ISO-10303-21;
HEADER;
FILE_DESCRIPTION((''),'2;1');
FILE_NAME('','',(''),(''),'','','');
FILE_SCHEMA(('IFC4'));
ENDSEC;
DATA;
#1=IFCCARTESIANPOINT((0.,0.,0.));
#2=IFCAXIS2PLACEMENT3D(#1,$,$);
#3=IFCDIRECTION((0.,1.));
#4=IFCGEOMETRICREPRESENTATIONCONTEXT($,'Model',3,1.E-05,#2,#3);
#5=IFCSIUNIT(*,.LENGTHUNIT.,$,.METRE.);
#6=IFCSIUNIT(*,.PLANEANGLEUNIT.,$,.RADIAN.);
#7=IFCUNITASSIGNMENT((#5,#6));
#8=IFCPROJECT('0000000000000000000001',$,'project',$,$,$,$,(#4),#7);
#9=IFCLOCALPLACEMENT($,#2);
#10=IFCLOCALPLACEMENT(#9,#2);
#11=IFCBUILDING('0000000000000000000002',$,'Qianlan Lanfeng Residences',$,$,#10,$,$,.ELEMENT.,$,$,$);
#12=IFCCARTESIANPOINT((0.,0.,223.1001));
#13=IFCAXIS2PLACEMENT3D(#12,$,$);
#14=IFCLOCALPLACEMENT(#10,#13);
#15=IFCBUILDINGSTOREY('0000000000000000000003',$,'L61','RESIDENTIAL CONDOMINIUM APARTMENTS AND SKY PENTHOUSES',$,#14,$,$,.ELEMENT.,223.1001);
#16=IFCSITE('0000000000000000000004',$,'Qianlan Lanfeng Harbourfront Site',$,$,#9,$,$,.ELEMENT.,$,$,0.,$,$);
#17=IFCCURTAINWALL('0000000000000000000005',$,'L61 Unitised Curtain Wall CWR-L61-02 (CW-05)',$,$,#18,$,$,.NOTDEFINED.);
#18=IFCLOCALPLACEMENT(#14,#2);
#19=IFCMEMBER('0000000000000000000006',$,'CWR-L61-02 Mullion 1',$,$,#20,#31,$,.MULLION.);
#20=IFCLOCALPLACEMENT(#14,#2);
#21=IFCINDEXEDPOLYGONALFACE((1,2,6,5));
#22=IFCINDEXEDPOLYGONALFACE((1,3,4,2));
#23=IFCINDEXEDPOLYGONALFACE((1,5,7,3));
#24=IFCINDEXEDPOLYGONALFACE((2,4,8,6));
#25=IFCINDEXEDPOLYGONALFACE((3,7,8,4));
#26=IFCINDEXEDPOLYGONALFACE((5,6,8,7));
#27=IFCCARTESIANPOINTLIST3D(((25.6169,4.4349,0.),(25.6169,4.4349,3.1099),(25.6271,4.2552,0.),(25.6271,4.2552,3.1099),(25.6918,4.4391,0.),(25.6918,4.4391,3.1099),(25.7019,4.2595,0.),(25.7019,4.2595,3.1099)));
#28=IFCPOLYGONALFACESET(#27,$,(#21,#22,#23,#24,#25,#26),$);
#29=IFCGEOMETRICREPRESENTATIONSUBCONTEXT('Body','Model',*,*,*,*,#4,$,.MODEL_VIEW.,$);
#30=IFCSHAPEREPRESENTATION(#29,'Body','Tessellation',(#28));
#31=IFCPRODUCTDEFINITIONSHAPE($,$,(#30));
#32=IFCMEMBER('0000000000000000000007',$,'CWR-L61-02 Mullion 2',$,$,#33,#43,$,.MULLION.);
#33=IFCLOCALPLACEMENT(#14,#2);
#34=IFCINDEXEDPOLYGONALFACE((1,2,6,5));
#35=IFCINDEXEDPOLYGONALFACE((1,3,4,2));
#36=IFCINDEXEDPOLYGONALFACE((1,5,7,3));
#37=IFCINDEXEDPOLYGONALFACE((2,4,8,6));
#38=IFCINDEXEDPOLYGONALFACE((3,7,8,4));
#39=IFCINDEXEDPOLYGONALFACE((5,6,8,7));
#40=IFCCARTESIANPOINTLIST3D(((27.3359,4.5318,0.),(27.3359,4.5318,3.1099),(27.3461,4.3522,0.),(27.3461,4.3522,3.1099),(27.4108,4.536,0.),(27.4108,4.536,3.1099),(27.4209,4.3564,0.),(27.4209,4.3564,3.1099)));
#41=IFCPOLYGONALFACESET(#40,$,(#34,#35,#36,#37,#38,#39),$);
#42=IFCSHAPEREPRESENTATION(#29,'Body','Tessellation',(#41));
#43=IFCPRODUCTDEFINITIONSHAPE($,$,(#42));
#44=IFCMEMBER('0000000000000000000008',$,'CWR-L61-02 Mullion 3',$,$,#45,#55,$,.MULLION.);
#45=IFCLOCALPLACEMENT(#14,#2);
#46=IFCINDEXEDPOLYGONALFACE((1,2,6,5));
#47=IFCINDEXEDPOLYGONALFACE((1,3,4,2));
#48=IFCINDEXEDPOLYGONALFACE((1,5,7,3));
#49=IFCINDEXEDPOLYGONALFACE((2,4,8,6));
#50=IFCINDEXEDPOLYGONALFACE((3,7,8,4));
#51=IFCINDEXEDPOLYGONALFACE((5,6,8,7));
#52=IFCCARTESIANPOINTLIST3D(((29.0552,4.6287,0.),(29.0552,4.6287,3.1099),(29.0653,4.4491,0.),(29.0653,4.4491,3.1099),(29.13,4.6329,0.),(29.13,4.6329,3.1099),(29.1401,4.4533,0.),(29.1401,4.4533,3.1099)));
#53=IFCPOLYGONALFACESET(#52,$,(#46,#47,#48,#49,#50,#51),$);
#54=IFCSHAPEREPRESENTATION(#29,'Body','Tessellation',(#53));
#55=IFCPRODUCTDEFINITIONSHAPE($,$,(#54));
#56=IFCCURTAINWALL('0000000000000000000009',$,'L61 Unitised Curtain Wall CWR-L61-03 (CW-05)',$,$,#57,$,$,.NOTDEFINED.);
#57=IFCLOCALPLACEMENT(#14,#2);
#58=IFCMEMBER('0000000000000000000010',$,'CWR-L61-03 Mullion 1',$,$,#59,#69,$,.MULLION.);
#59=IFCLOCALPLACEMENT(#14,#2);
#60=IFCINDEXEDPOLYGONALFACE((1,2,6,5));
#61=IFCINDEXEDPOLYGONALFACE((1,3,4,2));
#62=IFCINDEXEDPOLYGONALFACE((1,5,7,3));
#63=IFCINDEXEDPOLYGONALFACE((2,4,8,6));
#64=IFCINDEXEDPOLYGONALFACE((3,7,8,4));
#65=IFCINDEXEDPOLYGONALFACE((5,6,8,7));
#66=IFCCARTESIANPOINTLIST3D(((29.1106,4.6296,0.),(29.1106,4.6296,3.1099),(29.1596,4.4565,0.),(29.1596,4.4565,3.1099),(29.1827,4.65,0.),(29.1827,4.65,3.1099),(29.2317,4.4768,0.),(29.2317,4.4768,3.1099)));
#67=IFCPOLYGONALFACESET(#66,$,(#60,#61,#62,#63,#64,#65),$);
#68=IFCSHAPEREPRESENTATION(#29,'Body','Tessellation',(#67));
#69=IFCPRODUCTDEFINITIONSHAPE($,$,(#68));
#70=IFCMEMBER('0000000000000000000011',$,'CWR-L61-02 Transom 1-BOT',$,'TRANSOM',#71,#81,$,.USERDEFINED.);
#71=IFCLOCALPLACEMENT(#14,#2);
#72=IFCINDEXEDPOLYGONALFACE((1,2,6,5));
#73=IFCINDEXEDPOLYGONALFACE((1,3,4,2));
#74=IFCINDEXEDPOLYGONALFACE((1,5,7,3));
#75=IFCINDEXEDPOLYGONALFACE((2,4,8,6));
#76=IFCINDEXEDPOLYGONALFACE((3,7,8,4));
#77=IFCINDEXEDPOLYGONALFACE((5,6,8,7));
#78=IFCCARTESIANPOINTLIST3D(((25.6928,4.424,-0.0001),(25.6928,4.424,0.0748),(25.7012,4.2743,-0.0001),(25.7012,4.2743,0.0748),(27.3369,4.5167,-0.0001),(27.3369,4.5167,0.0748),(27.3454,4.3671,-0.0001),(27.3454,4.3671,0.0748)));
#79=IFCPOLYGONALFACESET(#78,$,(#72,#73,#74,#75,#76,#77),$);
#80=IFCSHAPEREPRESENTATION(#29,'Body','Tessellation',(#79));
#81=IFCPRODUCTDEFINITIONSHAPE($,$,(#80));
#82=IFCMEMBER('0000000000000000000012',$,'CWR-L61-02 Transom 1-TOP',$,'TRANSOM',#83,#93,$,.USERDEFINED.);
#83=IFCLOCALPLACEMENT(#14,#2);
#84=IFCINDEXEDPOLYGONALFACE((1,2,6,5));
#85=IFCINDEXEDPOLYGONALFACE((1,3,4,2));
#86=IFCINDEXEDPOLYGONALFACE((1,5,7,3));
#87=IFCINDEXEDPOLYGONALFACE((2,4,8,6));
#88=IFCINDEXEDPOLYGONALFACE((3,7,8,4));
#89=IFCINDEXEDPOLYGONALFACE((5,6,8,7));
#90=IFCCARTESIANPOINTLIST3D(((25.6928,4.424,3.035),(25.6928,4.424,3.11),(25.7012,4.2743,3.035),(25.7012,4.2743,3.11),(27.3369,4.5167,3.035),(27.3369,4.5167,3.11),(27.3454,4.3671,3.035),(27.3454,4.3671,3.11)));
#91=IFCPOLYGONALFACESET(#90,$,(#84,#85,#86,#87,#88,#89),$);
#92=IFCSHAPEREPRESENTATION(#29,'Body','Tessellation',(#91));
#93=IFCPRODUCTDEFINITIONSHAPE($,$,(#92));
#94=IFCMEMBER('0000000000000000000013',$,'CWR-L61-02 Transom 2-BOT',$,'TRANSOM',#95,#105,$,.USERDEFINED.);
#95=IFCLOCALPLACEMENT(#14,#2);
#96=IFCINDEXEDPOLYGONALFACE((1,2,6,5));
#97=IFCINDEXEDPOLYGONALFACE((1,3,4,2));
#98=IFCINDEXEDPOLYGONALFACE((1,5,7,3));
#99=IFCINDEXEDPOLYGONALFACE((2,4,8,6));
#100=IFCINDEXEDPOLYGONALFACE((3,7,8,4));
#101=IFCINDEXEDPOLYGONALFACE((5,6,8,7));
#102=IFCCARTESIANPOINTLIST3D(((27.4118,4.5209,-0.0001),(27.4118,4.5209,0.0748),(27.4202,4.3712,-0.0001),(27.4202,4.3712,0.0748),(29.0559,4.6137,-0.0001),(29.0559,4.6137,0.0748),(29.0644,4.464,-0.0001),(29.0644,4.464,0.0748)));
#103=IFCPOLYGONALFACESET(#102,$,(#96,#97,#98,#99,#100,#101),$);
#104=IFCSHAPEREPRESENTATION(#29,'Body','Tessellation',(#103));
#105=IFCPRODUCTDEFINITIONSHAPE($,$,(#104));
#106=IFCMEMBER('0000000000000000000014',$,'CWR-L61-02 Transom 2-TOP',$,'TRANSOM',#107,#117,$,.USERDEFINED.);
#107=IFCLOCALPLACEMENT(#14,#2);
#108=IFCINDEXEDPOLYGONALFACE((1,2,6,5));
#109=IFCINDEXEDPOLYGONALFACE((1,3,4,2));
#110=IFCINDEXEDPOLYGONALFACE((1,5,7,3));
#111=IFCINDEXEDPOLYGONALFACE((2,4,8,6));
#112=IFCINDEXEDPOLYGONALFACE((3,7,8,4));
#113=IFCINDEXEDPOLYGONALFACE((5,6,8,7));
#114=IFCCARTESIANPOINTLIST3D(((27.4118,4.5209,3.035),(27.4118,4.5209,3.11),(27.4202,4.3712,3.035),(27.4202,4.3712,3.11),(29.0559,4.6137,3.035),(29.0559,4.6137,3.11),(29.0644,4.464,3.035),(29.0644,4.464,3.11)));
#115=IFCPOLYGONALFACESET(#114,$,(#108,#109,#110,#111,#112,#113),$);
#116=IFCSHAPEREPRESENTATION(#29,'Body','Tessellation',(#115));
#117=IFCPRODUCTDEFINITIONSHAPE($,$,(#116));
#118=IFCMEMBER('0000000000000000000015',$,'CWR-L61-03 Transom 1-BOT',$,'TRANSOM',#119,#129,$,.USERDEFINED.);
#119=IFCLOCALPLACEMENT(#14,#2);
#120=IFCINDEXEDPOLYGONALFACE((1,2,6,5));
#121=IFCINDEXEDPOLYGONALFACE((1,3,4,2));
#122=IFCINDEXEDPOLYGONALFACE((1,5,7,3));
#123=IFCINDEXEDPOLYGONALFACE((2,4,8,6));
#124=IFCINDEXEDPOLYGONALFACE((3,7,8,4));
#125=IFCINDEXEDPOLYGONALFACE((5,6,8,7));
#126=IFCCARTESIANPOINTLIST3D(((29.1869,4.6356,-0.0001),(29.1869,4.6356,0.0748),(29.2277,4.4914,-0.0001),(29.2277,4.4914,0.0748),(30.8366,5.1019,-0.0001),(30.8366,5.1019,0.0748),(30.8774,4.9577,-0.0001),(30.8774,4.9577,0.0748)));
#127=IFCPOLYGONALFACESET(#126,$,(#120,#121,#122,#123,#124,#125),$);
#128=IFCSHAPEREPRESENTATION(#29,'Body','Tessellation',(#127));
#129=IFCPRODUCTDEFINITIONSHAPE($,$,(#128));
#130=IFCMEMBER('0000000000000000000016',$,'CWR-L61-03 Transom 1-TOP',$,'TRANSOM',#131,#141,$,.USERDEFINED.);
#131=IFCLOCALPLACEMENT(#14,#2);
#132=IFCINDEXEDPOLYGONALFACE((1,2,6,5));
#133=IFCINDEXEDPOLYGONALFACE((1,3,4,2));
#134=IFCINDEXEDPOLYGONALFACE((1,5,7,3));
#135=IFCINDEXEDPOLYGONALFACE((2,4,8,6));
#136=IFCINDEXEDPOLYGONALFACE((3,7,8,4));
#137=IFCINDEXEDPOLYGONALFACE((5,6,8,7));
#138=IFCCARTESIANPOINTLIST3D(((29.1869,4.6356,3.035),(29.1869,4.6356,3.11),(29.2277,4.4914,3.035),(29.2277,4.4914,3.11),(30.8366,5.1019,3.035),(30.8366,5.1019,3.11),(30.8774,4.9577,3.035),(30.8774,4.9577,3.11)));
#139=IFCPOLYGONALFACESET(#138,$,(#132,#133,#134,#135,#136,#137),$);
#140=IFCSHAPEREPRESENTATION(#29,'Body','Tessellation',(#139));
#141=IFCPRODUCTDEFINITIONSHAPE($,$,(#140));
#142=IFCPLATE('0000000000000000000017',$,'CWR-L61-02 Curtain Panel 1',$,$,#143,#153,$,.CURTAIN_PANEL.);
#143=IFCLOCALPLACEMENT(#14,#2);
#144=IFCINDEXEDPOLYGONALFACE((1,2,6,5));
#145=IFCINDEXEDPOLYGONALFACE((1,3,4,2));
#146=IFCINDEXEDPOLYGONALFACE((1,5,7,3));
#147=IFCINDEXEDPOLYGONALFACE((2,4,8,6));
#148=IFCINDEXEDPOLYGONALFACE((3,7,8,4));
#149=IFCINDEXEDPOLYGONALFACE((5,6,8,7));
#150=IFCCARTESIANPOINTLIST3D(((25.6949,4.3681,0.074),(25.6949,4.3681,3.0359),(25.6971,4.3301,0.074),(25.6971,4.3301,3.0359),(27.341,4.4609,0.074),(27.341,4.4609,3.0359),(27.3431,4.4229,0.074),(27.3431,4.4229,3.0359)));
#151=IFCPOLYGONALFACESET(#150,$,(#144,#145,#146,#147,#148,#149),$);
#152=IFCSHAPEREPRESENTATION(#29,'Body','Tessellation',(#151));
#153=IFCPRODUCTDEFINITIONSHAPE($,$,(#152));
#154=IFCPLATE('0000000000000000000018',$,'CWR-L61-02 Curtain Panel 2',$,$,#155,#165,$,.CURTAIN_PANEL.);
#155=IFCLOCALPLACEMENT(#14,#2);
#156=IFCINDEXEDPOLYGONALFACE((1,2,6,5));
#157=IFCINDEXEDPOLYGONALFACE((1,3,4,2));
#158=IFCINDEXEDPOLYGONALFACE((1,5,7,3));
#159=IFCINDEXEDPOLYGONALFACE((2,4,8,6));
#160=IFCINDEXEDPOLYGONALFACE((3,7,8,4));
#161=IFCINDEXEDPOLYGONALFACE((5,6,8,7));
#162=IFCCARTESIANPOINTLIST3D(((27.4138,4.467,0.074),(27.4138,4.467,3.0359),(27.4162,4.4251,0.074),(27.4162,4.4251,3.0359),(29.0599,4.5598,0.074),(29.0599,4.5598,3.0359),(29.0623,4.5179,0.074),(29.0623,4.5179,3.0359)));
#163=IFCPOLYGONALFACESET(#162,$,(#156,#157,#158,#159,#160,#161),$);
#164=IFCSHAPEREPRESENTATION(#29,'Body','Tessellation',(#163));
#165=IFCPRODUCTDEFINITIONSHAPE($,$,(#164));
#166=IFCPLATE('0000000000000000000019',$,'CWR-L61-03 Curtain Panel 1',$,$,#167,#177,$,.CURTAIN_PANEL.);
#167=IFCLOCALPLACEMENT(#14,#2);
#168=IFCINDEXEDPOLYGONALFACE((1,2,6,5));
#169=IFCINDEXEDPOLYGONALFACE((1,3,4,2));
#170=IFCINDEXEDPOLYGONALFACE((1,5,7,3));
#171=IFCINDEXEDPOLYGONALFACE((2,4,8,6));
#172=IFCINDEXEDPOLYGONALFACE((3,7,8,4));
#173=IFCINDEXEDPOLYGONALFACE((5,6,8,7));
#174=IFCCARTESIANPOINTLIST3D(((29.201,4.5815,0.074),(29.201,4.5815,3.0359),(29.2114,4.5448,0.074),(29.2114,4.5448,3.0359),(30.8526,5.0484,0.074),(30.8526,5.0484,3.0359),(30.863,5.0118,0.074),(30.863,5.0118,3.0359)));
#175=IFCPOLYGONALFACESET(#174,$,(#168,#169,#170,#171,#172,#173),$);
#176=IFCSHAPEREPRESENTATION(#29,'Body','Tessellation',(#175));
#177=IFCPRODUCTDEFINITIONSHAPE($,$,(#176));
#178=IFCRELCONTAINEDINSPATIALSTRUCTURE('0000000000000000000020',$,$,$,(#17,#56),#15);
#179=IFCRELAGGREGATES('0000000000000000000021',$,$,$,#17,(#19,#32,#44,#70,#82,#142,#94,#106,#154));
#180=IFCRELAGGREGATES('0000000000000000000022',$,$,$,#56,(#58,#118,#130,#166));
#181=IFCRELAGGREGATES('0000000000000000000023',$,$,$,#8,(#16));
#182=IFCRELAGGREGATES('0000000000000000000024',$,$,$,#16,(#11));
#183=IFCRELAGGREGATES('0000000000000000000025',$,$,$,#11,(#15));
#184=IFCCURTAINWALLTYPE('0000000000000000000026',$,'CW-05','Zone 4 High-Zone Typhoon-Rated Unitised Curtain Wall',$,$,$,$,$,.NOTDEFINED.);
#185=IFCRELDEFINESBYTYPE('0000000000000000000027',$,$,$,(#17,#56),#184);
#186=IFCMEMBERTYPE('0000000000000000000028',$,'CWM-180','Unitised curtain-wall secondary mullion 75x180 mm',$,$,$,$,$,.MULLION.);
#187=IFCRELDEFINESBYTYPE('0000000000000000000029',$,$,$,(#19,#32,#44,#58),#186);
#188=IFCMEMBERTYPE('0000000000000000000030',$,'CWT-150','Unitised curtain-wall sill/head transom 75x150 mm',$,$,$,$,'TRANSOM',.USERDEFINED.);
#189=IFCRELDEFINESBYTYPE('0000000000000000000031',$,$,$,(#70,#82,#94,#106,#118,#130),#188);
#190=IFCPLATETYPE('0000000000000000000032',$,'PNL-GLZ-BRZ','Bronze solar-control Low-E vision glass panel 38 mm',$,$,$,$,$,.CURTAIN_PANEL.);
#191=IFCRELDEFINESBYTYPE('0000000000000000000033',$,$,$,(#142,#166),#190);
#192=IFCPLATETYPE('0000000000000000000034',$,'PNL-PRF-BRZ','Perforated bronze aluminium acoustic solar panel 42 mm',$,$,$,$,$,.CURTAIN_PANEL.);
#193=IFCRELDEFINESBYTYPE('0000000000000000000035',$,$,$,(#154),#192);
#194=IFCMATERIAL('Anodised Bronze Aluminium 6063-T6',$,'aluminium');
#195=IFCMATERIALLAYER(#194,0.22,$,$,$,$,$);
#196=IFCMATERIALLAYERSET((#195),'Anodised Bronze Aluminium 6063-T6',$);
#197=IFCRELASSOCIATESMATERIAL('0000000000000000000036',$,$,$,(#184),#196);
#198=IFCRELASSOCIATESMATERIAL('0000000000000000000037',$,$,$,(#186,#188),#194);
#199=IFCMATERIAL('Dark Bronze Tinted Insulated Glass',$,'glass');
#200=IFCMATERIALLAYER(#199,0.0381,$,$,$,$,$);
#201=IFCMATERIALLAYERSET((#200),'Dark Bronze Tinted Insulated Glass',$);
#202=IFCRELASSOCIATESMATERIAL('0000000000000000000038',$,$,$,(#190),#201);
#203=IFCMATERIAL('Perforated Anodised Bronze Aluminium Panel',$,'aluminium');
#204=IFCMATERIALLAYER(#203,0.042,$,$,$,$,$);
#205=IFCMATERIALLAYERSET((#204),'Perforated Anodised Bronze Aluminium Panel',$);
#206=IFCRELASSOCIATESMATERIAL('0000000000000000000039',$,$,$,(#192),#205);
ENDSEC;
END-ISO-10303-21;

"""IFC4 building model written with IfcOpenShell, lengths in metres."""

from ifc_helpers import new_model, si_unit, direction, frame, origin, origin_2d, place, context, subcontext, project, spatial, rectangle, extrude, source, transform, mapped, material, layer, layer_set, material_profile, profile_set, type_object, element, aggregate, save


model = new_model("IFC4")

# Units and contexts
model_context = context("Model", 3, precision=1e-05, world=origin(), true_north=direction((0.0, 1.0)))
body_context = subcontext(model_context, "Body", "Model", "MODEL_VIEW")
ifc_project = project(units=[si_unit("LENGTHUNIT", "METRE"), si_unit("PLANEANGLEUNIT", "RADIAN")], contexts=[model_context])

# Site, building, storey
site_placement = place(None, origin())
site = spatial("IfcSite", under=ifc_project, at=site_placement, Name="Qianlan Lanfeng Harbourfront Site", CompositionType="ELEMENT", RefElevation=0.0)
building_placement = place(site_placement, origin())
building = spatial("IfcBuilding", under=site, at=building_placement, Name="Qianlan Lanfeng Residences", CompositionType="ELEMENT")
storey_placement = place(building_placement, frame((0.0, 0.0, 223.1001)))
storey = spatial("IfcBuildingStorey", under=building, at=storey_placement, Name="L61", Description="RESIDENTIAL CONDOMINIUM APARTMENTS AND SKY PENTHOUSES", CompositionType="ELEMENT", Elevation=223.1001)

# Curtain wall, members
ifc_material_1 = material(Name="Anodised Bronze Aluminium 6063-T6", Category="aluminium")
ifc_layer_1 = layer(ifc_material_1, 0.22)
ifc_layer_set_1 = layer_set([ifc_layer_1], Name="Anodised Bronze Aluminium 6063-T6")
curtain_wall_type = type_object("IfcCurtainWallType", Name="CW-05", Description="Zone 4 High-Zone Typhoon-Rated Unitised Curtain Wall", PredefinedType="NOTDEFINED", material=ifc_layer_set_1)
curtain_wall_1_placement = place(storey_placement, origin())
curtain_wall_1 = element("IfcCurtainWall", 1, at=curtain_wall_1_placement, inside=storey, type_object=curtain_wall_type, Name="L61 Unitised Curtain Wall CWR-L61-02 (CW-05)", PredefinedType="NOTDEFINED")
ifc_material_profile_1 = material_profile(ifc_material_1, rectangle(XDim=0.075, YDim=0.1799, at=origin_2d()), Name="ALU MULLION 75x180")
ifc_profile_set_1 = profile_set([ifc_material_profile_1], Name="Anodised Bronze Aluminium 6063-T6")
member_type_1 = type_object("IfcMemberType", Name="CWM-180", Description="Unitised curtain-wall secondary mullion 75x180 mm", PredefinedType="MULLION", material=ifc_profile_set_1)
shared_shape_1 = source(origin(), body_context, "Body", "SweptSolid", [
    extrude(rectangle(XDim=0.075, YDim=0.1799, at=origin_2d()), origin(), (0.0, 0.0, 1.0), 3.1099),
])
member_1_placement = place(storey_placement, frame((25.6594, 4.3472, 0.0), z_axis=(0.0, 0.0, 1.0), x_axis=(0.998415, 0.056273, 0.0)))
member_1 = element("IfcMember", 2, at=member_1_placement, type_object=member_type_1, Name="CWR-L61-02 Mullion 1", PredefinedType="MULLION", context=body_context, shape_type="MappedRepresentation", body=[
    mapped(shared_shape_1, transform((0.0, 0.0, 0.0), scale=1.0)),
])
member_2_placement = place(storey_placement, frame((27.3784, 4.4441, 0.0), z_axis=(0.0, 0.0, 1.0), x_axis=(0.998415, 0.056273, 0.0)))
member_2 = element("IfcMember", 3, at=member_2_placement, type_object=member_type_1, Name="CWR-L61-02 Mullion 2", PredefinedType="MULLION", context=body_context, shape_type="MappedRepresentation", body=[
    mapped(shared_shape_1, transform((0.0, 0.0, 0.0), scale=1.0)),
])
member_3_placement = place(storey_placement, frame((29.0977, 4.541, 0.0), z_axis=(0.0, 0.0, 1.0), x_axis=(0.998415, 0.056273, 0.0)))
member_3 = element("IfcMember", 4, at=member_3_placement, type_object=member_type_1, Name="CWR-L61-02 Mullion 3", PredefinedType="MULLION", context=body_context, shape_type="MappedRepresentation", body=[
    mapped(shared_shape_1, transform((0.0, 0.0, 0.0), scale=1.0)),
])

# Curtain wall, member
curtain_wall_2_placement = place(storey_placement, origin())
curtain_wall_2 = element("IfcCurtainWall", 5, at=curtain_wall_2_placement, inside=storey, type_object=curtain_wall_type, Name="L61 Unitised Curtain Wall CWR-L61-03 (CW-05)", PredefinedType="NOTDEFINED")
member_4_placement = place(storey_placement, frame((29.1711, 4.5532, 0.0), z_axis=(0.0, 0.0, 1.0), x_axis=(0.962284, 0.272045, 0.0)))
member_4 = element("IfcMember", 6, at=member_4_placement, type_object=member_type_1, Name="CWR-L61-03 Mullion 1", PredefinedType="MULLION", context=body_context, shape_type="MappedRepresentation", body=[
    mapped(shared_shape_1, transform((0.0, 0.0, 0.0), scale=1.0)),
])

# Members
ifc_material_profile_2 = material_profile(ifc_material_1, rectangle(XDim=0.075, YDim=0.1499, at=origin_2d()), Name="ALU TRANSOM 75x150")
ifc_profile_set_2 = profile_set([ifc_material_profile_2], Name="Anodised Bronze Aluminium 6063-T6")
member_type_2 = type_object("IfcMemberType", Name="CWT-150", Description="Unitised curtain-wall sill/head transom 75x150 mm", ElementType="TRANSOM", PredefinedType="USERDEFINED", material=ifc_profile_set_2)
shared_shape_2 = source(origin(), body_context, "Body", "SweptSolid", [
    extrude(rectangle(XDim=0.075, YDim=0.1499, at=origin_2d()), origin(), (0.0, 0.0, 1.0), 1.6467),
])
member_5_placement = place(storey_placement, frame((25.697, 4.3491, 0.0374), z_axis=(0.998412, 0.05634, 0.0), x_axis=(0.0, 0.0, 1.0)))
member_5 = element("IfcMember", 7, at=member_5_placement, type_object=member_type_2, Name="CWR-L61-02 Transom 1-BOT", ObjectType="TRANSOM", PredefinedType="USERDEFINED", context=body_context, shape_type="MappedRepresentation", body=[
    mapped(shared_shape_2, transform((0.0, 0.0, 0.0), scale=1.0)),
])
member_6_placement = place(storey_placement, frame((25.697, 4.3491, 3.0725), z_axis=(0.998412, 0.05634, 0.0), x_axis=(0.0, 0.0, 1.0)))
member_6 = element("IfcMember", 8, at=member_6_placement, type_object=member_type_2, Name="CWR-L61-02 Transom 1-TOP", ObjectType="TRANSOM", PredefinedType="USERDEFINED", context=body_context, shape_type="MappedRepresentation", body=[
    mapped(shared_shape_2, transform((0.0, 0.0, 0.0), scale=1.0)),
])
member_7_placement = place(storey_placement, frame((27.416, 4.446, 0.0374), z_axis=(0.998412, 0.05634, 0.0), x_axis=(0.0, 0.0, 1.0)))
member_7 = element("IfcMember", 9, at=member_7_placement, type_object=member_type_2, Name="CWR-L61-02 Transom 2-BOT", ObjectType="TRANSOM", PredefinedType="USERDEFINED", context=body_context, shape_type="MappedRepresentation", body=[
    mapped(shared_shape_2, transform((0.0, 0.0, 0.0), scale=1.0)),
])
member_8_placement = place(storey_placement, frame((27.416, 4.446, 3.0725), z_axis=(0.998412, 0.05634, 0.0), x_axis=(0.0, 0.0, 1.0)))
member_8 = element("IfcMember", 10, at=member_8_placement, type_object=member_type_2, Name="CWR-L61-02 Transom 2-TOP", ObjectType="TRANSOM", PredefinedType="USERDEFINED", context=body_context, shape_type="MappedRepresentation", body=[
    mapped(shared_shape_2, transform((0.0, 0.0, 0.0), scale=1.0)),
])
shared_shape_3 = source(origin(), body_context, "Body", "SweptSolid", [
    extrude(rectangle(XDim=0.075, YDim=0.1499, at=origin_2d()), origin(), (0.0, 0.0, 1.0), 1.7144),
])
member_9_placement = place(storey_placement, frame((29.2073, 4.5635, 0.0374), z_axis=(0.962294, 0.272011, 0.0), x_axis=(0.0, 0.0, 1.0)))
member_9 = element("IfcMember", 11, at=member_9_placement, type_object=member_type_2, Name="CWR-L61-03 Transom 1-BOT", ObjectType="TRANSOM", PredefinedType="USERDEFINED", context=body_context, shape_type="MappedRepresentation", body=[
    mapped(shared_shape_3, transform((0.0, 0.0, 0.0), scale=1.0)),
])
member_10_placement = place(storey_placement, frame((29.2073, 4.5635, 3.0725), z_axis=(0.962294, 0.272011, 0.0), x_axis=(0.0, 0.0, 1.0)))
member_10 = element("IfcMember", 12, at=member_10_placement, type_object=member_type_2, Name="CWR-L61-03 Transom 1-TOP", ObjectType="TRANSOM", PredefinedType="USERDEFINED", context=body_context, shape_type="MappedRepresentation", body=[
    mapped(shared_shape_3, transform((0.0, 0.0, 0.0), scale=1.0)),
])

# Plates
ifc_material_2 = material(Name="Dark Bronze Tinted Insulated Glass", Category="glass")
ifc_layer_2 = layer(ifc_material_2, 0.0381)
ifc_layer_set_2 = layer_set([ifc_layer_2], Name="Dark Bronze Tinted Insulated Glass")
plate_type_1 = type_object("IfcPlateType", Name="PNL-GLZ-BRZ", Description="Bronze solar-control Low-E vision glass panel 38 mm", PredefinedType="CURTAIN_PANEL", material=ifc_layer_set_2)
shared_shape_4 = source(origin(), body_context, "Body", "SweptSolid", [
    extrude(rectangle(XDim=1.6487, YDim=0.0381, at=origin_2d()), origin(), (0.0, 0.0, 1.0), 2.9619),
])
plate_1_placement = place(storey_placement, frame((26.519, 4.3955, 0.074), z_axis=(0.0, 0.0, 1.0), x_axis=(0.998415, 0.056273, 0.0)))
plate_1 = element("IfcPlate", 13, at=plate_1_placement, type_object=plate_type_1, Name="CWR-L61-02 Curtain Panel 1", PredefinedType="CURTAIN_PANEL", context=body_context, shape_type="MappedRepresentation", body=[
    mapped(shared_shape_4, transform((0.0, 0.0, 0.0), scale=1.0)),
])
ifc_material_3 = material(Name="Perforated Anodised Bronze Aluminium Panel", Category="aluminium")
ifc_layer_3 = layer(ifc_material_3, 0.042)
ifc_layer_set_3 = layer_set([ifc_layer_3], Name="Perforated Anodised Bronze Aluminium Panel")
plate_type_2 = type_object("IfcPlateType", Name="PNL-PRF-BRZ", Description="Perforated bronze aluminium acoustic solar panel 42 mm", PredefinedType="CURTAIN_PANEL", material=ifc_layer_set_3)
shared_shape_5 = source(origin(), body_context, "Body", "SweptSolid", [
    extrude(rectangle(XDim=1.6487, YDim=0.042, at=origin_2d()), origin(), (0.0, 0.0, 1.0), 2.9619),
])
plate_2_placement = place(storey_placement, frame((28.238, 4.4924, 0.074), z_axis=(0.0, 0.0, 1.0), x_axis=(0.998415, 0.056273, 0.0)))
plate_2 = element("IfcPlate", 14, at=plate_2_placement, type_object=plate_type_2, Name="CWR-L61-02 Curtain Panel 2", PredefinedType="CURTAIN_PANEL", context=body_context, shape_type="MappedRepresentation", body=[
    mapped(shared_shape_5, transform((0.0, 0.0, 0.0), scale=1.0)),
])
aggregate(curtain_wall_1, [member_1, member_2, member_3, member_5, member_6, plate_1, member_7, member_8, plate_2])
shared_shape_6 = source(origin(), body_context, "Body", "SweptSolid", [
    extrude(rectangle(XDim=1.7163, YDim=0.0381, at=origin_2d()), origin(), (0.0, 0.0, 1.0), 2.9619),
])
plate_3_placement = place(storey_placement, frame((30.032, 4.7966, 0.074), z_axis=(0.0, 0.0, 1.0), x_axis=(0.962284, 0.272045, 0.0)))
plate_3 = element("IfcPlate", 15, at=plate_3_placement, type_object=plate_type_1, Name="CWR-L61-03 Curtain Panel 1", PredefinedType="CURTAIN_PANEL", context=body_context, shape_type="MappedRepresentation", body=[
    mapped(shared_shape_6, transform((0.0, 0.0, 0.0), scale=1.0)),
])
aggregate(curtain_wall_2, [member_4, member_9, member_10, plate_3])

save(model, "model.ifc")
